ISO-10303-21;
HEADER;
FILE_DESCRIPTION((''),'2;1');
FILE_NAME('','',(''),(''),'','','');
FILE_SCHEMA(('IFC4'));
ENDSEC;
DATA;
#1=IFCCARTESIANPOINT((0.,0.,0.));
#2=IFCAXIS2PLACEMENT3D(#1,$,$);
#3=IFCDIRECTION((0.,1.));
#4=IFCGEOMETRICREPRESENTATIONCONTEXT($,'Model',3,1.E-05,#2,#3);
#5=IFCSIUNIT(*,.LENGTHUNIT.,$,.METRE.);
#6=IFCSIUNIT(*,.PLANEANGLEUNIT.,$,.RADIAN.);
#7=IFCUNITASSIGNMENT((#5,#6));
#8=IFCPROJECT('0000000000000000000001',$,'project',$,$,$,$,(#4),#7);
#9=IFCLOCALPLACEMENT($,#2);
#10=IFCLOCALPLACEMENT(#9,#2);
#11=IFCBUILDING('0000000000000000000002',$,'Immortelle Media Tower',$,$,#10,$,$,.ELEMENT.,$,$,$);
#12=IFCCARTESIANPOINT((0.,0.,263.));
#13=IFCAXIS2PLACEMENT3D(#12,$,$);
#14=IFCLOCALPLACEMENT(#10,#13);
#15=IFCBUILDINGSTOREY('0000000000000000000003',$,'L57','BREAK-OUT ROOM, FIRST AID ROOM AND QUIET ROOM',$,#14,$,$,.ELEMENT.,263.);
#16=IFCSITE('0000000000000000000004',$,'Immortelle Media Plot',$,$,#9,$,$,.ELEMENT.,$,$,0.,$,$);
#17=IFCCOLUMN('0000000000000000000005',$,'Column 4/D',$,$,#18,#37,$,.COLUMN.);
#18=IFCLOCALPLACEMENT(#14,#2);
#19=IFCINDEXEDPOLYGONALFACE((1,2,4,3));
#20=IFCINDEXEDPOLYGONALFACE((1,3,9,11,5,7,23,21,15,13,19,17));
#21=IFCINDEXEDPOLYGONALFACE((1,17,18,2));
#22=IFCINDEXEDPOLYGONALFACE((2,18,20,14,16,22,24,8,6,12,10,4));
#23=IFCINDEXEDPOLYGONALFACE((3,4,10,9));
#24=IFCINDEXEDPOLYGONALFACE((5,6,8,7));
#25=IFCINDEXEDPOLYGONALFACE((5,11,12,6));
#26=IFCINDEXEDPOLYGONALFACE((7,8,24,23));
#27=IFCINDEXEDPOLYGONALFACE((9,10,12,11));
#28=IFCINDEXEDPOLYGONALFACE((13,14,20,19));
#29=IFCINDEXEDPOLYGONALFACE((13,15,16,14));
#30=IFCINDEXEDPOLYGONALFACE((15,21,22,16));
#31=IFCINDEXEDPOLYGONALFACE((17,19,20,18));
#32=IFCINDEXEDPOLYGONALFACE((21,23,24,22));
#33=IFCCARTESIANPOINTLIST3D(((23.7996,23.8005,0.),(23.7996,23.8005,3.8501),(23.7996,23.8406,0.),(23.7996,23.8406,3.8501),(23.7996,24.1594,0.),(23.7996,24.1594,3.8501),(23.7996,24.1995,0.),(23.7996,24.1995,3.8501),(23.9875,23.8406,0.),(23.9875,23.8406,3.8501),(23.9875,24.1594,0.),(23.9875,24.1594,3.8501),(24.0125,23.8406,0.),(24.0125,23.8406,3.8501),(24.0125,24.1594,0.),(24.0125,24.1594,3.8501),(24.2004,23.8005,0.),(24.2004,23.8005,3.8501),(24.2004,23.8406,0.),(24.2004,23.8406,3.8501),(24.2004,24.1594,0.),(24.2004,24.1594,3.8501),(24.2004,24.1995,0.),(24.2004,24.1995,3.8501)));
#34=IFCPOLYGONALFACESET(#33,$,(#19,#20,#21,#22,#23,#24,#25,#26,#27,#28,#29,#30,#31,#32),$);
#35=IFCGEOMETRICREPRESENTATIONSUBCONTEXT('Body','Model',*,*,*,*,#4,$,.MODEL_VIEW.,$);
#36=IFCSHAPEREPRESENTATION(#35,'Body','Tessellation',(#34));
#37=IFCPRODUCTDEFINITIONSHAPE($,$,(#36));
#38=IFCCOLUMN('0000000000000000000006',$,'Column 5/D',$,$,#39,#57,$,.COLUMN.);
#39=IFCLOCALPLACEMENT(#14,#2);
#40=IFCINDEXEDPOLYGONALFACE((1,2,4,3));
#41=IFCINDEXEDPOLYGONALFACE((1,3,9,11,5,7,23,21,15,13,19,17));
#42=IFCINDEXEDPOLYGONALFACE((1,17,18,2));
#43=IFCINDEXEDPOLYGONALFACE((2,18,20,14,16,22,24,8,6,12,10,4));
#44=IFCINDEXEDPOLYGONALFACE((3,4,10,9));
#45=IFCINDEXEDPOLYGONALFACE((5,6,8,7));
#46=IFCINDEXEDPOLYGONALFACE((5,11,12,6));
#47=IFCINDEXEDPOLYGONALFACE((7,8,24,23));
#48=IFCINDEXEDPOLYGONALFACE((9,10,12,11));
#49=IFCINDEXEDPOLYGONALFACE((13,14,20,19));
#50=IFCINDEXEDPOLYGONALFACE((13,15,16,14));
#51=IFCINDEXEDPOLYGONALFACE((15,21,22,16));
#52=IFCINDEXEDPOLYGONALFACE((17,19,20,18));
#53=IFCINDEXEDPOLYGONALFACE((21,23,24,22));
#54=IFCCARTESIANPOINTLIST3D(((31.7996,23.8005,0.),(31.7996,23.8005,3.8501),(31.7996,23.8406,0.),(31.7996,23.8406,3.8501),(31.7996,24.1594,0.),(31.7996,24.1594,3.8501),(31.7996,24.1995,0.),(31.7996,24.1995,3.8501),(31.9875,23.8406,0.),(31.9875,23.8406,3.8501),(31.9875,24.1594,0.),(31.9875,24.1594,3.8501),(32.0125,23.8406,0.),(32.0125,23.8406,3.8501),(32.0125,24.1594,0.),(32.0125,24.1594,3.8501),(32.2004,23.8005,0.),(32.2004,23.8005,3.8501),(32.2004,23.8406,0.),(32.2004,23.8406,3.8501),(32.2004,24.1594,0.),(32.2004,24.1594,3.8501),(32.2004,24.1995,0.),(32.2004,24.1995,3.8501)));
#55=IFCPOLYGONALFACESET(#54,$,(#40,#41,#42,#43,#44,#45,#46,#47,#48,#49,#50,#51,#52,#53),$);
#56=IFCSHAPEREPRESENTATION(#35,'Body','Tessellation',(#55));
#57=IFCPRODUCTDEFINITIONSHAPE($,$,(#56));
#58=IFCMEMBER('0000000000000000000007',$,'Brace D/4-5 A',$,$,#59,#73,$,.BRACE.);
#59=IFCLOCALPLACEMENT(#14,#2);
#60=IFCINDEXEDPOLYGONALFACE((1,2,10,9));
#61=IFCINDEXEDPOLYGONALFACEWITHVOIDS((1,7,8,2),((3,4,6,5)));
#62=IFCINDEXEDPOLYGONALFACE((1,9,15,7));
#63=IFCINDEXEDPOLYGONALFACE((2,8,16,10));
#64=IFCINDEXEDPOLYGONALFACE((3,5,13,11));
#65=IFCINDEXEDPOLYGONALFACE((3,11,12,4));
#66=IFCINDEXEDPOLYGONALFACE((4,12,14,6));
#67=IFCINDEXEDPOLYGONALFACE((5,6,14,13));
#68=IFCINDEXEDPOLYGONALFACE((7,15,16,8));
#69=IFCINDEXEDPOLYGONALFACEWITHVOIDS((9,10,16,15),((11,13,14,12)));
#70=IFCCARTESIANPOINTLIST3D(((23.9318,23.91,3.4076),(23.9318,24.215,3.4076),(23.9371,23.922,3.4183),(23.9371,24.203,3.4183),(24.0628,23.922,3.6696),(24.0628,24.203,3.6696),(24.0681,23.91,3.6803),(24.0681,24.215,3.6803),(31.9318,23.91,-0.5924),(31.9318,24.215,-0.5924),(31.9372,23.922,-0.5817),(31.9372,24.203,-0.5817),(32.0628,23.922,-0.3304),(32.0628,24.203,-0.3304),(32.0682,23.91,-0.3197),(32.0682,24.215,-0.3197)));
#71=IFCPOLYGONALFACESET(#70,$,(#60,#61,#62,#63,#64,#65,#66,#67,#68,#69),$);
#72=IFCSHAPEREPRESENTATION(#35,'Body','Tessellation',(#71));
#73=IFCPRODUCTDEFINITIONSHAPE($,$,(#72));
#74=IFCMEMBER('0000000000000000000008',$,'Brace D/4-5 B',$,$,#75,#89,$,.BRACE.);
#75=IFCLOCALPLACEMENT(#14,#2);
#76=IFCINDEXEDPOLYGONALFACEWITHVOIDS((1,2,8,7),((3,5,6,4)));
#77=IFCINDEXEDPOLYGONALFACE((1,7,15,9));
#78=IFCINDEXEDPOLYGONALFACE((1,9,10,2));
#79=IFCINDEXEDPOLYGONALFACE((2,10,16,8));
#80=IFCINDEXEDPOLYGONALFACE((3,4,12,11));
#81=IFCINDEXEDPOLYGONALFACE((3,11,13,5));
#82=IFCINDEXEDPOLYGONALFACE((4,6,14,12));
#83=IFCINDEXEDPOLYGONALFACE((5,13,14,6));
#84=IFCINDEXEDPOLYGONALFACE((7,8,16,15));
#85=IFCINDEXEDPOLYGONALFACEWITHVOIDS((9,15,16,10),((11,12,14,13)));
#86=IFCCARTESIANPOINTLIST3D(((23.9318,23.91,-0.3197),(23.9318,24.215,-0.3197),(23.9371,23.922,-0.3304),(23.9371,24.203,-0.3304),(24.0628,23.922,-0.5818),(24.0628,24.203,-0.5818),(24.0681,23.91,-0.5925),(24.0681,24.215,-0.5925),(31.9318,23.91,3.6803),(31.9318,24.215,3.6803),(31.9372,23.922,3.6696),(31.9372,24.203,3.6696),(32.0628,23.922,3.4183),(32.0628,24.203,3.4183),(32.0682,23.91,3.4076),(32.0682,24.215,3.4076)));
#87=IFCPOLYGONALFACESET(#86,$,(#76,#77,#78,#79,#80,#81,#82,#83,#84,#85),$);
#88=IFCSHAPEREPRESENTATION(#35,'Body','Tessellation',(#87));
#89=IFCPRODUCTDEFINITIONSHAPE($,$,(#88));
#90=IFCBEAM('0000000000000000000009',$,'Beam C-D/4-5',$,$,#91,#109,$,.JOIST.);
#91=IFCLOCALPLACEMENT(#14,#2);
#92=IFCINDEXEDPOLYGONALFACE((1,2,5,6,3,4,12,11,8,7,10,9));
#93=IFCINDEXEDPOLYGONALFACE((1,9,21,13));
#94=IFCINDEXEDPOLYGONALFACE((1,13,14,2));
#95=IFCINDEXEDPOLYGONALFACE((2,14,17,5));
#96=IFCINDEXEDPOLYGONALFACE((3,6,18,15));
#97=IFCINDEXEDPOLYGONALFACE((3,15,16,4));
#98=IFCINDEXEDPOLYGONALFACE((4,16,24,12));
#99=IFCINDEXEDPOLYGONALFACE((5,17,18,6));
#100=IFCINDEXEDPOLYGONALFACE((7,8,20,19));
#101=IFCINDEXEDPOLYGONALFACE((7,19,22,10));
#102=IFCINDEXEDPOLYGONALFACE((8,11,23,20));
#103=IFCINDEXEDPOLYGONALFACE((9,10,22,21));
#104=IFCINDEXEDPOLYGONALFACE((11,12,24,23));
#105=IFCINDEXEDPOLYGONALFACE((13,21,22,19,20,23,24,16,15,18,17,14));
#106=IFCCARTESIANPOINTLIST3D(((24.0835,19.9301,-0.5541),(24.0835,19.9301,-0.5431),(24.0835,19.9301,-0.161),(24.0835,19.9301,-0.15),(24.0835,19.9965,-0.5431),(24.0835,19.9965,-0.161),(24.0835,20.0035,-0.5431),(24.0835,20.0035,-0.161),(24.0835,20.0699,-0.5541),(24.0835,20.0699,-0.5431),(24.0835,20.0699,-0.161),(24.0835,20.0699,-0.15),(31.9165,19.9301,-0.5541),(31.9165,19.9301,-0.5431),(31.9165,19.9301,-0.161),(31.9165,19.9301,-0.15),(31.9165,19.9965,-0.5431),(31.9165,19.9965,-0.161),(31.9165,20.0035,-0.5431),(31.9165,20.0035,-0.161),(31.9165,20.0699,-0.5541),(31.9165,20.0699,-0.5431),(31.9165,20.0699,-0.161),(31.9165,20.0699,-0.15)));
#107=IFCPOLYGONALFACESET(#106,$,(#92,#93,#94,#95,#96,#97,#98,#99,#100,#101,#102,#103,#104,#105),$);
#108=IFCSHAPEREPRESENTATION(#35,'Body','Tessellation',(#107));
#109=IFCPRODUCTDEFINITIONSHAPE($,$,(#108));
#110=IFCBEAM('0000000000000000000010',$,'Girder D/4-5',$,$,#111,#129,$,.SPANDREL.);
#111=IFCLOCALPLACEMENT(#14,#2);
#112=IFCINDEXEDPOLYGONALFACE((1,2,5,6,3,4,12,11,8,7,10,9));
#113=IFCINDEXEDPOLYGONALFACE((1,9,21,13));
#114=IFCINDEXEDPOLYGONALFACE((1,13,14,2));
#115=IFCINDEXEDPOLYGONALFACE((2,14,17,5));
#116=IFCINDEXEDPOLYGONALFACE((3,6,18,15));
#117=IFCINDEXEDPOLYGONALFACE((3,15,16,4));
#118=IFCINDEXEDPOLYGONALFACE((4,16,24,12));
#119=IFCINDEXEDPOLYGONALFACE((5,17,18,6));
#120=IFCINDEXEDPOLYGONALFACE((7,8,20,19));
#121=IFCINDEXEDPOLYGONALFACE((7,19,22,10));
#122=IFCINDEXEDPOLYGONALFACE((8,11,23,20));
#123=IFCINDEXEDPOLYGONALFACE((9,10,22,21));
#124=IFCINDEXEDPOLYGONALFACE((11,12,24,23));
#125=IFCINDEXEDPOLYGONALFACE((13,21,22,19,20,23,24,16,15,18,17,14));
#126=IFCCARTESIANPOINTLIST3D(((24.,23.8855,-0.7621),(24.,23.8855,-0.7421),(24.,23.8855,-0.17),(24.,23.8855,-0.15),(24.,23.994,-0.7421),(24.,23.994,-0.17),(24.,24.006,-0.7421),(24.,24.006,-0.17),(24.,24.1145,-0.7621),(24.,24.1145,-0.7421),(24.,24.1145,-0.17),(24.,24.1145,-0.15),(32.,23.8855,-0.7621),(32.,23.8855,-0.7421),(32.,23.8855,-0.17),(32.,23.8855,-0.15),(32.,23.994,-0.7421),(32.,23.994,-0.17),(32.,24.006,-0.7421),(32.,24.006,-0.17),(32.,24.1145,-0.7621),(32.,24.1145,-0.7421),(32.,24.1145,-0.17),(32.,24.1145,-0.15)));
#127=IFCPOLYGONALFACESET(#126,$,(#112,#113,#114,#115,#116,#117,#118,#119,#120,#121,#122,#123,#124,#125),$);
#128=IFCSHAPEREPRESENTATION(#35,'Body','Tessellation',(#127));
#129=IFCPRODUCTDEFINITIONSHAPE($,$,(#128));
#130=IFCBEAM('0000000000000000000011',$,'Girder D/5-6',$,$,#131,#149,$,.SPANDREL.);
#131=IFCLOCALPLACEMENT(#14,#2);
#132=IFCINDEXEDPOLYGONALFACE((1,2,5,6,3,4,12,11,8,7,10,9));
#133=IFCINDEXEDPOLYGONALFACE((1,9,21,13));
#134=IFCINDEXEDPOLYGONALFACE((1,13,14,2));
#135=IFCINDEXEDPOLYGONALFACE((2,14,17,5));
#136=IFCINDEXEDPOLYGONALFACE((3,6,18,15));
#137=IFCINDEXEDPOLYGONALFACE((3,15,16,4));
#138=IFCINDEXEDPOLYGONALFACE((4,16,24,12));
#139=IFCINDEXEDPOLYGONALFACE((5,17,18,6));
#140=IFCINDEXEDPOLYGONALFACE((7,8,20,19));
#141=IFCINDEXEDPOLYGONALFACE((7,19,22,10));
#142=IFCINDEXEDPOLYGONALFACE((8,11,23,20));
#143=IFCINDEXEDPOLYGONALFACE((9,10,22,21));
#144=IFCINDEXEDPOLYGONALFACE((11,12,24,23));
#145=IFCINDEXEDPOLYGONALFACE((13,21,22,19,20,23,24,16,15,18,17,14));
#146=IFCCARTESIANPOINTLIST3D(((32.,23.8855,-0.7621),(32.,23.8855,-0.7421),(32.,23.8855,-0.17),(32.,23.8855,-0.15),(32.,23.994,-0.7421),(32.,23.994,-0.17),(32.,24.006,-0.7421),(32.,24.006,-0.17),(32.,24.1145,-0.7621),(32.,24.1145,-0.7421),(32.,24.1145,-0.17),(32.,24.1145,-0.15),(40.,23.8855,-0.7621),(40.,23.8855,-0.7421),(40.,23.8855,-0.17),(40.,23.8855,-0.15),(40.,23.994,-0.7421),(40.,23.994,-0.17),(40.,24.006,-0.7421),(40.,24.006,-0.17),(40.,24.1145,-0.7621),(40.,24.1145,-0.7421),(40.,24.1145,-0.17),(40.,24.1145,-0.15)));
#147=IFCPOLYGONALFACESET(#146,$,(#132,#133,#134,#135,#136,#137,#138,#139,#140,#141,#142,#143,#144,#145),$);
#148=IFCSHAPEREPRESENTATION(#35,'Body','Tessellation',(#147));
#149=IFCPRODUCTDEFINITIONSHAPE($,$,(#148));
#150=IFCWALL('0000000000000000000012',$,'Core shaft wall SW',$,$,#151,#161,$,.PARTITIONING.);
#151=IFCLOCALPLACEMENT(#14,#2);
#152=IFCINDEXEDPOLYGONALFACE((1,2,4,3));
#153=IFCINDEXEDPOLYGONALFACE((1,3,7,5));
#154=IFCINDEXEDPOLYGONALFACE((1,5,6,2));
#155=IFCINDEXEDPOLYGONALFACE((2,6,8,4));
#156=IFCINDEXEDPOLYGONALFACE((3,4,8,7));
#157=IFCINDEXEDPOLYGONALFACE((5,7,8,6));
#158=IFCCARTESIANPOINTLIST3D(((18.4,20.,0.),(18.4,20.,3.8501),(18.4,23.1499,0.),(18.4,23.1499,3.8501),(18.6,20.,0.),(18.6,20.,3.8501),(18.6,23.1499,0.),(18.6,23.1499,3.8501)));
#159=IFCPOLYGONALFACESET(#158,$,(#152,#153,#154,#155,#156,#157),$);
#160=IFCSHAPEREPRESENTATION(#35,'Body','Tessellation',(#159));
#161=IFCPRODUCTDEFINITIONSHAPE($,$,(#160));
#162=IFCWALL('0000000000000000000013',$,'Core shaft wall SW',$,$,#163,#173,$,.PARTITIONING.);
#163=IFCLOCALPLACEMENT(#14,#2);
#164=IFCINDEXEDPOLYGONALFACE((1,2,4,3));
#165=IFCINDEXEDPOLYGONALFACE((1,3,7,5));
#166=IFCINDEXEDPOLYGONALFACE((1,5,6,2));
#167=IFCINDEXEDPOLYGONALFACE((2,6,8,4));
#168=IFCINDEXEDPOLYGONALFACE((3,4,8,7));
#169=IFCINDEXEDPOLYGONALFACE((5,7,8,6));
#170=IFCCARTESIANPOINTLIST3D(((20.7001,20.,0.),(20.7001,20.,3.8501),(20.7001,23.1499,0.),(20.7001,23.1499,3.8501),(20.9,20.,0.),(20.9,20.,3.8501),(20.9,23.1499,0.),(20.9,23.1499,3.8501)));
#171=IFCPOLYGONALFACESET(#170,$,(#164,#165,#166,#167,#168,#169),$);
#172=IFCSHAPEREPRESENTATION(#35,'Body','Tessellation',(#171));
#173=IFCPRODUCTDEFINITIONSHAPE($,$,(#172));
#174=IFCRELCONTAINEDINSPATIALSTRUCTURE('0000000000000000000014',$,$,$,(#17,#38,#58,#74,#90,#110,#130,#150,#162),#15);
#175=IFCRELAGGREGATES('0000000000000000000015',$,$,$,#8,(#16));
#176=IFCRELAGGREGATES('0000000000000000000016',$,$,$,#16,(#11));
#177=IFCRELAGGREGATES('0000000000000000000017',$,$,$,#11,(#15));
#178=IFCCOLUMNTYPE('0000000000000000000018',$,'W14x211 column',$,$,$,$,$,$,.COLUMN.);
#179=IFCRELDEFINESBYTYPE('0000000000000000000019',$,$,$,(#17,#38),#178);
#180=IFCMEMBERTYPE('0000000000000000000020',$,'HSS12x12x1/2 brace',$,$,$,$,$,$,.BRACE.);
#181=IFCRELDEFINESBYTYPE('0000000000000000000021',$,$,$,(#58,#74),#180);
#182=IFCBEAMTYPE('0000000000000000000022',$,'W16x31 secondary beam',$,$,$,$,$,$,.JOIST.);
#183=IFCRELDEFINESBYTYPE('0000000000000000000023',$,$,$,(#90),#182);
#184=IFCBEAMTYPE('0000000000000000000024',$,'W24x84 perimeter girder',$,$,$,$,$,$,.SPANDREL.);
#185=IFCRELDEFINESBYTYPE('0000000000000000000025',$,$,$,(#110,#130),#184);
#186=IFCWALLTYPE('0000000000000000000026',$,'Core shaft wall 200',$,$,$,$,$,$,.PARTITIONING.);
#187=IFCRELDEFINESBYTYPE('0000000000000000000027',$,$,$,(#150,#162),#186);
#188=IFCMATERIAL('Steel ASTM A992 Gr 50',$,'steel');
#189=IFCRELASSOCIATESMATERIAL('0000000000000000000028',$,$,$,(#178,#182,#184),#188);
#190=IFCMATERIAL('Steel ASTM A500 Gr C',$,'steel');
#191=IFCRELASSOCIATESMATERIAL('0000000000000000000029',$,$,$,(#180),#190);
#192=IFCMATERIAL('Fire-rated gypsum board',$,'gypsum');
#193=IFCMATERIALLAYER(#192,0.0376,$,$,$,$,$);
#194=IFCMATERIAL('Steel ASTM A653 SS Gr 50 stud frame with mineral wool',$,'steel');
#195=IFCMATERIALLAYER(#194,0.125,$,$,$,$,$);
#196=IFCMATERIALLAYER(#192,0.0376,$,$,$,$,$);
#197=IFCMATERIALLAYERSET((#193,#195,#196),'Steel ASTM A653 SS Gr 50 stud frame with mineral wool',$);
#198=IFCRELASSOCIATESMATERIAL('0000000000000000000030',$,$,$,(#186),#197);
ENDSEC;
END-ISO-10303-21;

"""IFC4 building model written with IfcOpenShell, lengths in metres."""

from ifc_helpers import new_model, si_unit, direction, frame, frame_2d, origin, origin_2d, place, context, subcontext, project, spatial, rectangle, hollow_rectangle, i_section, extrude, material, layer, layer_set, material_profile, profile_set, type_object, element, save


model = new_model("IFC4")

# Units and contexts
model_context = context("Model", 3, precision=1e-05, world=origin(), true_north=direction((0.0, 1.0)))
body_context = subcontext(model_context, "Body", "Model", "MODEL_VIEW")
ifc_project = project(units=[si_unit("LENGTHUNIT", "METRE"), si_unit("PLANEANGLEUNIT", "RADIAN")], contexts=[model_context])

# Site, building, storey
site_placement = place(None, origin())
site = spatial("IfcSite", under=ifc_project, at=site_placement, Name="Immortelle Media Plot", CompositionType="ELEMENT", RefElevation=0.0)
building_placement = place(site_placement, origin())
building = spatial("IfcBuilding", under=site, at=building_placement, Name="Immortelle Media Tower", CompositionType="ELEMENT")
storey_placement = place(building_placement, frame((0.0, 0.0, 263.0)))
storey = spatial("IfcBuildingStorey", under=building, at=storey_placement, Name="L57", Description="BREAK-OUT ROOM, FIRST AID ROOM AND QUIET ROOM", CompositionType="ELEMENT", Elevation=263.0)

# Columns
ifc_material_1 = material(Name="Steel ASTM A992 Gr 50", Category="steel")
ifc_material_profile_1 = material_profile(ifc_material_1, i_section(OverallWidth=0.4009, OverallDepth=0.3989, WebThickness=0.0249, FlangeThickness=0.04, at=origin_2d()), Name="W14x211")
ifc_profile_set_1 = profile_set([ifc_material_profile_1], Name="Steel ASTM A992 Gr 50")
column_type = type_object("IfcColumnType", Name="W14x211 column", PredefinedType="COLUMN", material=ifc_profile_set_1)
for number, where, z_axis, x_axis, name in (
    (1, (24.0, 24.0, 0.0), (0.0, 0.0, 1.0), (1.0, 0.0, 0.0), "Column 4/D"),
    (2, (32.0, 24.0, 0.0), (0.0, 0.0, 1.0), (1.0, 0.0, 0.0), "Column 5/D"),
):
    element("IfcColumn", number, at=place(storey_placement, frame(where, z_axis=z_axis, x_axis=x_axis)), inside=storey, type_object=column_type, Name=name, PredefinedType="COLUMN", context=body_context, shape_type="SweptSolid", body=[
        extrude(i_section(OverallWidth=0.4009, OverallDepth=0.3989, WebThickness=0.0249, FlangeThickness=0.04, at=origin_2d()), origin(), (0.0, 0.0, 1.0), 3.8501),
    ])

# Members
ifc_material_2 = material(Name="Steel ASTM A500 Gr C", Category="steel")
ifc_material_profile_2 = material_profile(ifc_material_2, hollow_rectangle(XDim=0.3049, YDim=0.3049, WallThickness=0.012, at=origin_2d()), Name="HSS12x12x1/2 brace")
ifc_profile_set_2 = profile_set([ifc_material_profile_2], Name="Steel ASTM A500 Gr C")
member_type = type_object("IfcMemberType", Name="HSS12x12x1/2 brace", PredefinedType="BRACE", material=ifc_profile_set_2)
for number, where, z_axis, x_axis, name in (
    (3, (32.0, 24.0625, -0.4561), (-0.894427, 0.0, 0.447214), (0.0, -1.0, 0.0), "Brace D/4-5 A"),
    (4, (32.0, 24.0625, 3.5439), (-0.894427, 0.0, -0.447214), (0.0, -1.0, 0.0), "Brace D/4-5 B"),
):
    element("IfcMember", number, at=place(storey_placement, frame(where, z_axis=z_axis, x_axis=x_axis)), inside=storey, type_object=member_type, Name=name, PredefinedType="BRACE", context=body_context, shape_type="SweptSolid", body=[
        extrude(hollow_rectangle(XDim=0.3049, YDim=0.3049, WallThickness=0.012, at=origin_2d()), origin(), (0.0, 0.0, 1.0), 8.9443),
    ])

# Beams
ifc_material_profile_3 = material_profile(ifc_material_1, i_section(OverallWidth=0.1399, OverallDepth=0.4041, WebThickness=0.0071, FlangeThickness=0.011, at=origin_2d()), Name="W16x31")
ifc_profile_set_3 = profile_set([ifc_material_profile_3], Name="Steel ASTM A992 Gr 50")
beam_type_1 = type_object("IfcBeamType", Name="W16x31 secondary beam", PredefinedType="JOIST", material=ifc_profile_set_3)
beam_placement = place(storey_placement, frame((24.0835, 20.0, -0.3521), z_axis=(1.0, 0.0, 0.0), x_axis=(0.0, 1.0, 0.0)))
element("IfcBeam", 5, at=beam_placement, inside=storey, type_object=beam_type_1, Name="Beam C-D/4-5", PredefinedType="JOIST", context=body_context, shape_type="SweptSolid", body=[
    extrude(i_section(OverallWidth=0.1399, OverallDepth=0.4041, WebThickness=0.0071, FlangeThickness=0.011, at=origin_2d()), origin(), (0.0, 0.0, 1.0), 7.833),
])
ifc_material_profile_4 = material_profile(ifc_material_1, i_section(OverallWidth=0.229, OverallDepth=0.6121, WebThickness=0.012, FlangeThickness=0.02, at=origin_2d()), Name="W24x84")
ifc_profile_set_4 = profile_set([ifc_material_profile_4], Name="Steel ASTM A992 Gr 50")
beam_type_2 = type_object("IfcBeamType", Name="W24x84 perimeter girder", PredefinedType="SPANDREL", material=ifc_profile_set_4)
for number, where, z_axis, x_axis, name in (
    (6, (24.0, 24.0, -0.4561), (1.0, 0.0, 0.0), (0.0, 1.0, 0.0), "Girder D/4-5"),
    (7, (32.0, 24.0, -0.4561), (1.0, 0.0, 0.0), (0.0, 1.0, 0.0), "Girder D/5-6"),
):
    element("IfcBeam", number, at=place(storey_placement, frame(where, z_axis=z_axis, x_axis=x_axis)), inside=storey, type_object=beam_type_2, Name=name, PredefinedType="SPANDREL", context=body_context, shape_type="SweptSolid", body=[
        extrude(i_section(OverallWidth=0.229, OverallDepth=0.6121, WebThickness=0.012, FlangeThickness=0.02, at=origin_2d()), origin(), (0.0, 0.0, 1.0), 8.0),
    ])

# Walls
ifc_material_3 = material(Name="Fire-rated gypsum board", Category="gypsum")
ifc_layer_1 = layer(ifc_material_3, 0.0376)
ifc_material_4 = material(Name="Steel ASTM A653 SS Gr 50 stud frame with mineral wool", Category="steel")
ifc_layer_2 = layer(ifc_material_4, 0.125)
ifc_layer_3 = layer(ifc_material_3, 0.0376)
ifc_layer_set_1 = layer_set([ifc_layer_1, ifc_layer_2, ifc_layer_3], Name="Steel ASTM A653 SS Gr 50 stud frame with mineral wool")
wall_type_1 = type_object("IfcWallType", Name="Core shaft wall 200", PredefinedType="PARTITIONING", material=ifc_layer_set_1)
for number, where, z_axis, x_axis, name in (
    (8, (18.5, 20.0, 0.0), (0.0, 0.0, 1.0), (0.0, 1.0, 0.0), "Core shaft wall SW"),
    (9, (20.8, 20.0, 0.0), (0.0, 0.0, 1.0), (0.0, 1.0, 0.0), "Core shaft wall SW"),
):
    element("IfcWall", number, at=place(storey_placement, frame(where, z_axis=z_axis, x_axis=x_axis)), inside=storey, type_object=wall_type_1, Name=name, PredefinedType="PARTITIONING", context=body_context, shape_type="SweptSolid", body=[
        extrude(rectangle(XDim=3.1499, YDim=0.2, at=frame_2d((1.575, 0.0))), origin(), (0.0, 0.0, 1.0), 3.8501),
    ])

save(model, "model.ifc")
